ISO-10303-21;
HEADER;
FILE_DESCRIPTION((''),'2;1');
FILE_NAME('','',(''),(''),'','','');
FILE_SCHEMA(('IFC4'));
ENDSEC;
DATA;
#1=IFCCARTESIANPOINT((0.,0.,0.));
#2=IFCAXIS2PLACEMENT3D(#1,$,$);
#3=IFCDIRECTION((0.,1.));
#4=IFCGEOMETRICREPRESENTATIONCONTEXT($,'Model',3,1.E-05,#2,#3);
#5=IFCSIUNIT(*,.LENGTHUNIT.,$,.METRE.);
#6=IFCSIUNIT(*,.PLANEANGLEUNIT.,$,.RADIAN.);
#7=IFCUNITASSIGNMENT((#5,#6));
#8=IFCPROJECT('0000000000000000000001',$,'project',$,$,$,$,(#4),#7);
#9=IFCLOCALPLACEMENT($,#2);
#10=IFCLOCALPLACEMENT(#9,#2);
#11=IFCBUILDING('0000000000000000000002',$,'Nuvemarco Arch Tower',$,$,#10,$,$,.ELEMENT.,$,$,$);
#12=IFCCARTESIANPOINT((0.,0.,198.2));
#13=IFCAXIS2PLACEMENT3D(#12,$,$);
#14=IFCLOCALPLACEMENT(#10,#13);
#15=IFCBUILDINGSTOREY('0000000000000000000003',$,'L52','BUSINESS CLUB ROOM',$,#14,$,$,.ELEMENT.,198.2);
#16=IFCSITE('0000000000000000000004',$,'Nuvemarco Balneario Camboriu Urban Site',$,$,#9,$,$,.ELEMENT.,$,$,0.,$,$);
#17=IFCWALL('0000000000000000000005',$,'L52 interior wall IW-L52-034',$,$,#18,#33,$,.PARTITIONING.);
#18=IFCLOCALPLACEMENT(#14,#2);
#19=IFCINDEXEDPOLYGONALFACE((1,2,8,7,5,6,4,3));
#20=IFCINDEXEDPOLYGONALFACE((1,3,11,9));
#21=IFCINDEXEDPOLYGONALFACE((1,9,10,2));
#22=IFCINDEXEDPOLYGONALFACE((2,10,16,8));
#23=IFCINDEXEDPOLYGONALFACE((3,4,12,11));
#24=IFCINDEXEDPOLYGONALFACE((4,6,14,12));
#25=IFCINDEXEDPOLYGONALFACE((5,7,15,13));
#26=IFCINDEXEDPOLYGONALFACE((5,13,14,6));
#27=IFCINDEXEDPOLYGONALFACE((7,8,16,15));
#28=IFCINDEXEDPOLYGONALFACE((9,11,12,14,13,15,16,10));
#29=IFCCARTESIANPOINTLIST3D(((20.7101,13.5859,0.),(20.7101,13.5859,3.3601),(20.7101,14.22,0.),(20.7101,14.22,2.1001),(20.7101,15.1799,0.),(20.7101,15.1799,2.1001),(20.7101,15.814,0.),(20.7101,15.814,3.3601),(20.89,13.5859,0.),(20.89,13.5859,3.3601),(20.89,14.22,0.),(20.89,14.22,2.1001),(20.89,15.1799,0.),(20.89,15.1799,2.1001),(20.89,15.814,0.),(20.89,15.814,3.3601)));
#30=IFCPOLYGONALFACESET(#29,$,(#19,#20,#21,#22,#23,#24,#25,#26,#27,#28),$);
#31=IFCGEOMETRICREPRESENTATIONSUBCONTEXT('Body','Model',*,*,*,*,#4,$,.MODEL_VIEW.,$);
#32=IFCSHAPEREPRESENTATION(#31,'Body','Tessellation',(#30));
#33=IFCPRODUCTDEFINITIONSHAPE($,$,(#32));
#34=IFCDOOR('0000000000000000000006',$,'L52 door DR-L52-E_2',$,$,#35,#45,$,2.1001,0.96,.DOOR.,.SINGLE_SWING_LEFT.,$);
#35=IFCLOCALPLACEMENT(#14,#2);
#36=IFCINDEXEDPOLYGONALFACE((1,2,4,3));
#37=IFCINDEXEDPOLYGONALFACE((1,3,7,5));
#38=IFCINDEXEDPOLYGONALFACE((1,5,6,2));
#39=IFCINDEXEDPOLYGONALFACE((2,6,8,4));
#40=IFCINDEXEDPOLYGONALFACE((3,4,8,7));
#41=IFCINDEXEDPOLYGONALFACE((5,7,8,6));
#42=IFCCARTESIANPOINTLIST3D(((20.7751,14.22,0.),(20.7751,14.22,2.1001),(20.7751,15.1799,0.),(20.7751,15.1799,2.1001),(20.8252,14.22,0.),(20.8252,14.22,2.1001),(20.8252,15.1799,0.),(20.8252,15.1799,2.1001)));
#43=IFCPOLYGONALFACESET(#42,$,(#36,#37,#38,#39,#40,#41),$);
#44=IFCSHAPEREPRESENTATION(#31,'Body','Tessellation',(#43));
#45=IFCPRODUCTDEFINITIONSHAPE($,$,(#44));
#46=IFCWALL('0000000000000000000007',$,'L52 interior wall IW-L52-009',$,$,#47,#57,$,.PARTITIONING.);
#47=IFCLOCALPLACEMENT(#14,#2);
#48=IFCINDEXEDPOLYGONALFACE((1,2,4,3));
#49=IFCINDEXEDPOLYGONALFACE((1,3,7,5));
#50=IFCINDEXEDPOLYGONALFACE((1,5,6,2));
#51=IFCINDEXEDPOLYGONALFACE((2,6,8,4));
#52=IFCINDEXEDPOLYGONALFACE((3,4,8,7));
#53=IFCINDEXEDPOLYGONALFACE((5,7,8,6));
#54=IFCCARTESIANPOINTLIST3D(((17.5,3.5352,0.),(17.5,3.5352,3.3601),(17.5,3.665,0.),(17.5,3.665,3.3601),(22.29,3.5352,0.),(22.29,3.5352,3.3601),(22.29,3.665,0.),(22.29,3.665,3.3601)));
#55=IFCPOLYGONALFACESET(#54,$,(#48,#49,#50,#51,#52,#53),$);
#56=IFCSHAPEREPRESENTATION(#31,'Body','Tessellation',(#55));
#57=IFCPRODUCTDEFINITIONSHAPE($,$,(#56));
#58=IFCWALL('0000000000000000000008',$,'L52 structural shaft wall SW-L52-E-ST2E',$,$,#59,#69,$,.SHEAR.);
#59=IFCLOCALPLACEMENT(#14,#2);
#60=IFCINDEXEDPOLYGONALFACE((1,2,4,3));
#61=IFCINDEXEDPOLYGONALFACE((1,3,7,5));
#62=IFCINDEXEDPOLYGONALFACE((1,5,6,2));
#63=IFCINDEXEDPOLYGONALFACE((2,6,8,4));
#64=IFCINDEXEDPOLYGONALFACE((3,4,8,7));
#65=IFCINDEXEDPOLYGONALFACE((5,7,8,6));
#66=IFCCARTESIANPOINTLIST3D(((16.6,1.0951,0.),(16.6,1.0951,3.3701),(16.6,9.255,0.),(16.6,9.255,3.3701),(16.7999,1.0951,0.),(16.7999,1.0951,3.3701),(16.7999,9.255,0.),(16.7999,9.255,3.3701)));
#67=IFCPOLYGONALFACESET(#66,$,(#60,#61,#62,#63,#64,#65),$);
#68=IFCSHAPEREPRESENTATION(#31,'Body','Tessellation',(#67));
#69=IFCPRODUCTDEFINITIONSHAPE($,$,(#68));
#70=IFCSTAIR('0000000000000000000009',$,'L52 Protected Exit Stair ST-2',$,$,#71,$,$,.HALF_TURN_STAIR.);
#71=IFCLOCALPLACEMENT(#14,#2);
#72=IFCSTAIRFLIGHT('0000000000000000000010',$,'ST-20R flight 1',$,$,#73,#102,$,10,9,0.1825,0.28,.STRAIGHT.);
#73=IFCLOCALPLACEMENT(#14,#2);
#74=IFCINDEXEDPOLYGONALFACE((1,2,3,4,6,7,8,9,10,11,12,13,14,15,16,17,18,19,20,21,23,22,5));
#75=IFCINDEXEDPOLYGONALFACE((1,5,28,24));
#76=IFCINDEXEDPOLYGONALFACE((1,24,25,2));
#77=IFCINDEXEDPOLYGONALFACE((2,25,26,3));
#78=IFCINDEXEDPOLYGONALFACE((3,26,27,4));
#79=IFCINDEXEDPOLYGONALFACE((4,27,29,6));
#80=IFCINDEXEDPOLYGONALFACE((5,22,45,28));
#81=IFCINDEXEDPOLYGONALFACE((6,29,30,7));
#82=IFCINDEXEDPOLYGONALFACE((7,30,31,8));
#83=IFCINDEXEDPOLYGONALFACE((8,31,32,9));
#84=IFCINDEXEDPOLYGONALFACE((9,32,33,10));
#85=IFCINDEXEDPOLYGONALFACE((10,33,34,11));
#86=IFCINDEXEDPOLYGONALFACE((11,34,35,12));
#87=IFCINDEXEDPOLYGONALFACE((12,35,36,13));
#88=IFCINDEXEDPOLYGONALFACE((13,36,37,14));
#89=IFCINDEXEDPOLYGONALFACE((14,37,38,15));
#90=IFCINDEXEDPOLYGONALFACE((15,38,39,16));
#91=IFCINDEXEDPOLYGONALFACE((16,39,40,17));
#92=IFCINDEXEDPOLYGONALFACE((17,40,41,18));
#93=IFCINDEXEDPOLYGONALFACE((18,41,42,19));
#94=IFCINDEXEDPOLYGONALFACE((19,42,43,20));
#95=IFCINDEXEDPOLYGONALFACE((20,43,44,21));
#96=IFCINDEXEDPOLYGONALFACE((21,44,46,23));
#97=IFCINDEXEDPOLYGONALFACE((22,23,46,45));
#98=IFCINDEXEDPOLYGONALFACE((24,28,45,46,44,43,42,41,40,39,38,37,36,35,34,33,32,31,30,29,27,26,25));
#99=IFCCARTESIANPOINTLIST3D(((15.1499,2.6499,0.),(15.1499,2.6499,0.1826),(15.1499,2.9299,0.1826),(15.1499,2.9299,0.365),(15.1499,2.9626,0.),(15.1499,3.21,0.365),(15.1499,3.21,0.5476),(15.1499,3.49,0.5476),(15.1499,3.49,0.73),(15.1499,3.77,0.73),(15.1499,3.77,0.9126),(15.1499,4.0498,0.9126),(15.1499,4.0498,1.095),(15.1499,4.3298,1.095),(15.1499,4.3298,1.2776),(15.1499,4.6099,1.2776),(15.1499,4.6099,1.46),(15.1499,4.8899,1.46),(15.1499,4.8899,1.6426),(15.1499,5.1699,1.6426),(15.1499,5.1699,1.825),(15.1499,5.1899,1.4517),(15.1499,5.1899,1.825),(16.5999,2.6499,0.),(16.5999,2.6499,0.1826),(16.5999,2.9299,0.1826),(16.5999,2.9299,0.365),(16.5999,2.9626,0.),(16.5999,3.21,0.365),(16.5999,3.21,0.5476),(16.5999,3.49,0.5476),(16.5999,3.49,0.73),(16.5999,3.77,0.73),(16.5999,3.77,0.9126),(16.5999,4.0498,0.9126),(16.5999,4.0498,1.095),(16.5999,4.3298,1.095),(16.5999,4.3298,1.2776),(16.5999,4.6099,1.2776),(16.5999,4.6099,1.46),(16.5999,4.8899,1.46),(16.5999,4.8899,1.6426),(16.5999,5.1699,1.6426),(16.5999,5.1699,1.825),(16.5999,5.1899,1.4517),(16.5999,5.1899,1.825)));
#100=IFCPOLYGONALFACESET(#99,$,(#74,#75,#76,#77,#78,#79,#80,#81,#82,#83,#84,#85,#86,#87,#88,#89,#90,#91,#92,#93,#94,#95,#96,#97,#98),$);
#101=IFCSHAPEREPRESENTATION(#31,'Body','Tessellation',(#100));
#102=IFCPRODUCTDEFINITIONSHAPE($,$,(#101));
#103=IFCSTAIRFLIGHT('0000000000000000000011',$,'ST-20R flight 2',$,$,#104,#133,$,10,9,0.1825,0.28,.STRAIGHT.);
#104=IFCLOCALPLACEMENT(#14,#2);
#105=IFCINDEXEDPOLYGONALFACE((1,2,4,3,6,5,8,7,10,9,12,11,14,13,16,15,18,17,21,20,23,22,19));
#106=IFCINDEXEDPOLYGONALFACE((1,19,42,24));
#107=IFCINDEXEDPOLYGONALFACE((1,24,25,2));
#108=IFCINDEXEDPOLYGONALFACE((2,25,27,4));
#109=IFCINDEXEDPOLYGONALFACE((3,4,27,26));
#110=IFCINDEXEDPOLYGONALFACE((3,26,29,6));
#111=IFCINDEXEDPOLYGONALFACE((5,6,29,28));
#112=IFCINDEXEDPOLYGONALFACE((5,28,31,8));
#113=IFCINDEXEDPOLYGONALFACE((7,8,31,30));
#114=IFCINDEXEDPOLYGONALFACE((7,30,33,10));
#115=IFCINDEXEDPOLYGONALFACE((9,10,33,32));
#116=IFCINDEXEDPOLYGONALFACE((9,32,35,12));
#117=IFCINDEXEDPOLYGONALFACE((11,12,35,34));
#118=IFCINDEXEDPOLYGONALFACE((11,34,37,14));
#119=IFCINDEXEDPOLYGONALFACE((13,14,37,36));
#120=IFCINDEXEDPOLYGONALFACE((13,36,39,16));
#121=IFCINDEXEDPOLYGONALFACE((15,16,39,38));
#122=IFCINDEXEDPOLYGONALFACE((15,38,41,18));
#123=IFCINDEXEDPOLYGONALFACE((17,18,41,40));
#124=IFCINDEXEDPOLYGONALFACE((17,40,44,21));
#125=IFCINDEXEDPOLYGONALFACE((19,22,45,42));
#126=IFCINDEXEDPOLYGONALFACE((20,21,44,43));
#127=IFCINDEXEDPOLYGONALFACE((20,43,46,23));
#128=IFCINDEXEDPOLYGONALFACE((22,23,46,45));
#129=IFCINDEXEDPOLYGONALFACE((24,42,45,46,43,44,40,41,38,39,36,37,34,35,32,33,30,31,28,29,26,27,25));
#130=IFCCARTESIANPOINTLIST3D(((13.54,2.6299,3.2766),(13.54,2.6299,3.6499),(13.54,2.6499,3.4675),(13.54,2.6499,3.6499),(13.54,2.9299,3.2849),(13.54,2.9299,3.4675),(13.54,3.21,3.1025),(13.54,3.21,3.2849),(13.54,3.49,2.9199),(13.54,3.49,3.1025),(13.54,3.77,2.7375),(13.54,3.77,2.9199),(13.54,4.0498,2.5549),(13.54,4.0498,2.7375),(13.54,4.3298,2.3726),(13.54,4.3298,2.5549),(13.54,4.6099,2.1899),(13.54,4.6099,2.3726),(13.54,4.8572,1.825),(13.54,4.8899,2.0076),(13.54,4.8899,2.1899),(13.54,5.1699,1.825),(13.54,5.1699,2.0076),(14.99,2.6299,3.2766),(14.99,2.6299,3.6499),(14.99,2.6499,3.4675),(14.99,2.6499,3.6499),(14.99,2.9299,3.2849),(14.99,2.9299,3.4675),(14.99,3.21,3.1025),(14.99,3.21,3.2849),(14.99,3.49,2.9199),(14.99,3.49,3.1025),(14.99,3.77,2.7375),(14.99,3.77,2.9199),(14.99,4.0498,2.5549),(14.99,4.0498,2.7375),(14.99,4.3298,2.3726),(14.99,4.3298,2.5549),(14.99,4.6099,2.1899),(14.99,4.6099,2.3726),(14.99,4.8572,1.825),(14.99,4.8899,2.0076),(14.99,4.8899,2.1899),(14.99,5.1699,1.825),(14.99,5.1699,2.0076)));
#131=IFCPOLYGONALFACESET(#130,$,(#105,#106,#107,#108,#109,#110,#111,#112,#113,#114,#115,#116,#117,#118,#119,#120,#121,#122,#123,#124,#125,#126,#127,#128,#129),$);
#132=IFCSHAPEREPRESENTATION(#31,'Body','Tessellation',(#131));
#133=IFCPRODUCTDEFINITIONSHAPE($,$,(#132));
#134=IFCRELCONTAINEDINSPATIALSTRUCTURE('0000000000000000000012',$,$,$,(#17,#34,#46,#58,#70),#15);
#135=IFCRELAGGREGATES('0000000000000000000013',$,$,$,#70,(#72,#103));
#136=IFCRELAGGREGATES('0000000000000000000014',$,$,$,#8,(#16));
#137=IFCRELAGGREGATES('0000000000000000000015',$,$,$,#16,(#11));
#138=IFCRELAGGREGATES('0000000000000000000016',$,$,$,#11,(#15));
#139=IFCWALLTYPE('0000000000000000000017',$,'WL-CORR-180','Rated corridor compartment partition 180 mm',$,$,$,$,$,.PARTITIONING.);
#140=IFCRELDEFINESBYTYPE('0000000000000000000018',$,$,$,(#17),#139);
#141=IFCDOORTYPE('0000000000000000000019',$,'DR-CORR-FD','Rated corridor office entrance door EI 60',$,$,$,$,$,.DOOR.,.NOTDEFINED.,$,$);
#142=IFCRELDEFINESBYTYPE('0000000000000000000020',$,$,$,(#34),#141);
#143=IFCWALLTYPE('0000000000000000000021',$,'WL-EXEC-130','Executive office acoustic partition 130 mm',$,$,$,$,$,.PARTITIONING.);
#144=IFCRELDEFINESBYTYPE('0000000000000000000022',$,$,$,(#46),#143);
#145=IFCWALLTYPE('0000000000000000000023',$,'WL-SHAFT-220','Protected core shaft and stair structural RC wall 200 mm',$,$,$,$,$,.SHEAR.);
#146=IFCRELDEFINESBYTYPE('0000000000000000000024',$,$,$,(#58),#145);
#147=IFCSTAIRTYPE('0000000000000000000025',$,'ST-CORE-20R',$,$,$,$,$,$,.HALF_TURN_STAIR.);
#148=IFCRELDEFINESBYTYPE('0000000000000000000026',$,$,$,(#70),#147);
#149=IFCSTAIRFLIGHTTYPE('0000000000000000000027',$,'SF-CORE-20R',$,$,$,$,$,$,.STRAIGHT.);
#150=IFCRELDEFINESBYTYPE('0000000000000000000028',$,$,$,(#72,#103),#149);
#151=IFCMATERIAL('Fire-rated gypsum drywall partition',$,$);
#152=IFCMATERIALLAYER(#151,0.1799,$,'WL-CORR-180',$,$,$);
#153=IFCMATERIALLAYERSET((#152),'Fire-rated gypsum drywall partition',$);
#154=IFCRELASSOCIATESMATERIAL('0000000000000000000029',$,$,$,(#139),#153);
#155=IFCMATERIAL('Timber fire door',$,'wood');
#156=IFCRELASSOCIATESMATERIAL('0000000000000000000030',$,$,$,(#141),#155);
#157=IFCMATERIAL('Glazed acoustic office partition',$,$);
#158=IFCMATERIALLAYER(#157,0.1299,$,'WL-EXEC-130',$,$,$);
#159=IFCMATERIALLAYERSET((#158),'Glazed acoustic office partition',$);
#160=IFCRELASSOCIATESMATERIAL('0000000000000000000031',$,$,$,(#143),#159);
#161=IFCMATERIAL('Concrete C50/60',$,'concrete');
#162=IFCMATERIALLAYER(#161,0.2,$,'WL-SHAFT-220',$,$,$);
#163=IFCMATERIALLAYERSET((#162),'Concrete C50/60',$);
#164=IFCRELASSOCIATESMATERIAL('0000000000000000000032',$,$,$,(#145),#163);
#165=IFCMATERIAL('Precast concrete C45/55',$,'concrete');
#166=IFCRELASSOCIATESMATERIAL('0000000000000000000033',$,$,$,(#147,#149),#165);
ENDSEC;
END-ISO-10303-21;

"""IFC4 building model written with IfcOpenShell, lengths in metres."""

from ifc_helpers import new_model, si_unit, direction, frame, frame_2d, origin, place, context, subcontext, project, spatial, polyline, rectangle, outline, extrude, source, transform, mapped, material, layer, layer_set, type_object, type_shapes, element, fill, aggregate, save


model = new_model("IFC4")

# Units and contexts
model_context = context("Model", 3, precision=1e-05, world=origin(), true_north=direction((0.0, 1.0)))
body_context = subcontext(model_context, "Body", "Model", "MODEL_VIEW")
ifc_project = project(units=[si_unit("LENGTHUNIT", "METRE"), si_unit("PLANEANGLEUNIT", "RADIAN")], contexts=[model_context])

# Site, building, storey
site_placement = place(None, origin())
site = spatial("IfcSite", under=ifc_project, at=site_placement, Name="Nuvemarco Balneario Camboriu Urban Site", CompositionType="ELEMENT", RefElevation=0.0)
building_placement = place(site_placement, origin())
building = spatial("IfcBuilding", under=site, at=building_placement, Name="Nuvemarco Arch Tower", CompositionType="ELEMENT")
storey_placement = place(building_placement, frame((0.0, 0.0, 198.2)))
storey = spatial("IfcBuildingStorey", under=building, at=storey_placement, Name="L52", Description="BUSINESS CLUB ROOM", CompositionType="ELEMENT", Elevation=198.2)

# Shared definitions
ifc_material_1 = material(Name="Concrete C50/60", Category="concrete")

# Shared definitions
ifc_material_2 = material(Name="Precast concrete C45/55", Category="concrete")

# Shared definitions
ifc_material_3 = material(Name="Fire-rated gypsum drywall partition")
ifc_layer_1 = layer(ifc_material_3, 0.1799, Name="WL-CORR-180")
ifc_layer_set_1 = layer_set([ifc_layer_1], Name="Fire-rated gypsum drywall partition")
wall_type_1 = type_object("IfcWallType", Name="WL-CORR-180", Description="Rated corridor compartment partition 180 mm", PredefinedType="PARTITIONING", material=ifc_layer_set_1)

# Wall, opening, door
wall_1_placement = place(storey_placement, frame((20.8, 13.5859, 0.0), z_axis=(0.0, 0.0, 1.0), x_axis=(0.0, 1.0, 0.0)))
wall_1 = element("IfcWall", 1, at=wall_1_placement, inside=storey, type_object=wall_type_1, Name="L52 interior wall IW-L52-034", PredefinedType="PARTITIONING", context=body_context, shape_type="SweptSolid", body=[
    extrude(rectangle(XDim=2.228, YDim=0.1799, at=frame_2d((1.114, 0.0))), origin(), (0.0, 0.0, 1.0), 3.3601),
])
opening_placement = place(wall_1_placement, frame((0.634, 0.0, 0.0)))
opening = element("IfcOpeningElement", 2, at=opening_placement, cuts=wall_1, PredefinedType="OPENING", context=body_context, shape_type="SweptSolid", body=[
    extrude(rectangle(XDim=0.96, YDim=2.1001, at=frame_2d((0.48, 1.05))), frame((0.0, 0.0999, 0.0), z_axis=(0.0, -1.0, 0.0), x_axis=(1.0, 0.0, 0.0)), (0.0, 0.0, 1.0), 0.2),
])
ifc_material_4 = material(Name="Timber fire door", Category="wood")
door_type = type_object("IfcDoorType", Name="DR-CORR-FD", Description="Rated corridor office entrance door EI 60", OperationType="NOTDEFINED", PredefinedType="DOOR", material=ifc_material_4)
shared_shape_1 = source(origin(), body_context, "Body", "SweptSolid", [
    extrude(rectangle(XDim=0.96, YDim=2.1001, at=frame_2d((0.48, 1.05))), frame((0.0, 0.0249, 0.0), z_axis=(0.0, -1.0, 0.0), x_axis=(1.0, 0.0, 0.0)), (0.0, 0.0, 1.0), 0.05),
])
type_shapes(door_type, [shared_shape_1])
door_placement = place(opening_placement, origin())
door = element("IfcDoor", 3, at=door_placement, inside=storey, type_object=door_type, Name="L52 door DR-L52-E_2", OperationType="SINGLE_SWING_LEFT", OverallHeight=2.1001, OverallWidth=0.96, PredefinedType="DOOR", context=body_context, shape_type="MappedRepresentation", body=[
    mapped(shared_shape_1, transform((0.0, 0.0, 0.0), scale=1.0)),
])
fill(opening, door)

# Walls
ifc_material_5 = material(Name="Glazed acoustic office partition")
ifc_layer_2 = layer(ifc_material_5, 0.1299, Name="WL-EXEC-130")
ifc_layer_set_2 = layer_set([ifc_layer_2], Name="Glazed acoustic office partition")
wall_type_2 = type_object("IfcWallType", Name="WL-EXEC-130", Description="Executive office acoustic partition 130 mm", PredefinedType="PARTITIONING", material=ifc_layer_set_2)
wall_2_placement = place(storey_placement, frame((17.5, 3.6001, 0.0), z_axis=(0.0, 0.0, 1.0), x_axis=(1.0, 0.0, 0.0)))
element("IfcWall", 4, at=wall_2_placement, inside=storey, type_object=wall_type_2, Name="L52 interior wall IW-L52-009", PredefinedType="PARTITIONING", context=body_context, shape_type="SweptSolid", body=[
    extrude(rectangle(XDim=4.79, YDim=0.1299, at=frame_2d((2.395, 0.0))), origin(), (0.0, 0.0, 1.0), 3.3601),
])
ifc_layer_3 = layer(ifc_material_1, 0.2, Name="WL-SHAFT-220")
ifc_layer_set_3 = layer_set([ifc_layer_3], Name="Concrete C50/60")
wall_type_3 = type_object("IfcWallType", Name="WL-SHAFT-220", Description="Protected core shaft and stair structural RC wall 200 mm", PredefinedType="SHEAR", material=ifc_layer_set_3)
wall_3_placement = place(storey_placement, frame((16.7, 1.095, 0.0), z_axis=(0.0, 0.0, 1.0), x_axis=(0.0, 1.0, 0.0)))
element("IfcWall", 5, at=wall_3_placement, inside=storey, type_object=wall_type_3, Name="L52 structural shaft wall SW-L52-E-ST2E", PredefinedType="SHEAR", context=body_context, shape_type="SweptSolid", body=[
    extrude(rectangle(XDim=8.1599, YDim=0.2, at=frame_2d((4.0801, 0.0))), origin(), (0.0, 0.0, 1.0), 3.3701),
])

# Stair, stair flights
stair_type = type_object("IfcStairType", Name="ST-CORE-20R", PredefinedType="HALF_TURN_STAIR", material=ifc_material_2)
stair_placement = place(storey_placement, origin())
stair = element("IfcStair", 6, at=stair_placement, inside=storey, type_object=stair_type, Name="L52 Protected Exit Stair ST-2", PredefinedType="HALF_TURN_STAIR")
stair_flight_type = type_object("IfcStairFlightType", Name="SF-CORE-20R", PredefinedType="STRAIGHT", material=ifc_material_2)
stair_flight_1_placement = place(storey_placement, frame((15.875, 2.6499, 0.0), z_axis=(0.0, 0.0, 1.0), x_axis=(0.0, 1.0, 0.0)))
stair_flight_1 = element("IfcStairFlight", 7, at=stair_flight_1_placement, type_object=stair_flight_type, Name="ST-20R flight 1", NumberOfRisers=10, NumberOfTreads=9, PredefinedType="STRAIGHT", RiserHeight=0.1825, TreadLength=0.28, context=body_context, shape_type="SweptSolid", body=[
    extrude(outline(polyline([(0.0, 0.0), (0.0, 0.1826), (0.28, 0.1826), (0.28, 0.365), (0.5601, 0.365), (0.5601, 0.5476), (0.8401, 0.5476), (0.8401, 0.73), (1.1201, 0.73), (1.1201, 0.9126), (1.3999, 0.9126), (1.3999, 1.095), (1.6799, 1.095), (1.6799, 1.2776), (1.96, 1.2776), (1.96, 1.46), (2.24, 1.46), (2.24, 1.6426), (2.52, 1.6426), (2.52, 1.825), (2.54, 1.825), (2.54, 1.4517), (0.3127, 0.0), (0.0, 0.0)])), frame((0.0, 0.7251, 0.0), z_axis=(0.0, -1.0, 0.0), x_axis=(1.0, 0.0, 0.0)), (0.0, 0.0, 1.0), 1.45),
])
stair_flight_2_placement = place(storey_placement, frame((14.2649, 5.1699, 1.825), z_axis=(0.0, 0.0, 1.0), x_axis=(0.0, -1.0, 0.0)))
stair_flight_2 = element("IfcStairFlight", 8, at=stair_flight_2_placement, type_object=stair_flight_type, Name="ST-20R flight 2", NumberOfRisers=10, NumberOfTreads=9, PredefinedType="STRAIGHT", RiserHeight=0.1825, TreadLength=0.28, context=body_context, shape_type="SweptSolid", body=[
    extrude(outline(polyline([(0.0, 0.0), (0.0, 0.1826), (0.28, 0.1826), (0.28, 0.365), (0.5601, 0.365), (0.5601, 0.5476), (0.8401, 0.5476), (0.8401, 0.73), (1.1201, 0.73), (1.1201, 0.9126), (1.3999, 0.9126), (1.3999, 1.095), (1.6799, 1.095), (1.6799, 1.2776), (1.96, 1.2776), (1.96, 1.46), (2.24, 1.46), (2.24, 1.6426), (2.52, 1.6426), (2.52, 1.825), (2.54, 1.825), (2.54, 1.4517), (0.3127, 0.0), (0.0, 0.0)])), frame((0.0, 0.7251, 0.0), z_axis=(0.0, -1.0, 0.0), x_axis=(1.0, 0.0, 0.0)), (0.0, 0.0, 1.0), 1.45),
])
aggregate(stair, [stair_flight_1, stair_flight_2])

save(model, "model.ifc")
